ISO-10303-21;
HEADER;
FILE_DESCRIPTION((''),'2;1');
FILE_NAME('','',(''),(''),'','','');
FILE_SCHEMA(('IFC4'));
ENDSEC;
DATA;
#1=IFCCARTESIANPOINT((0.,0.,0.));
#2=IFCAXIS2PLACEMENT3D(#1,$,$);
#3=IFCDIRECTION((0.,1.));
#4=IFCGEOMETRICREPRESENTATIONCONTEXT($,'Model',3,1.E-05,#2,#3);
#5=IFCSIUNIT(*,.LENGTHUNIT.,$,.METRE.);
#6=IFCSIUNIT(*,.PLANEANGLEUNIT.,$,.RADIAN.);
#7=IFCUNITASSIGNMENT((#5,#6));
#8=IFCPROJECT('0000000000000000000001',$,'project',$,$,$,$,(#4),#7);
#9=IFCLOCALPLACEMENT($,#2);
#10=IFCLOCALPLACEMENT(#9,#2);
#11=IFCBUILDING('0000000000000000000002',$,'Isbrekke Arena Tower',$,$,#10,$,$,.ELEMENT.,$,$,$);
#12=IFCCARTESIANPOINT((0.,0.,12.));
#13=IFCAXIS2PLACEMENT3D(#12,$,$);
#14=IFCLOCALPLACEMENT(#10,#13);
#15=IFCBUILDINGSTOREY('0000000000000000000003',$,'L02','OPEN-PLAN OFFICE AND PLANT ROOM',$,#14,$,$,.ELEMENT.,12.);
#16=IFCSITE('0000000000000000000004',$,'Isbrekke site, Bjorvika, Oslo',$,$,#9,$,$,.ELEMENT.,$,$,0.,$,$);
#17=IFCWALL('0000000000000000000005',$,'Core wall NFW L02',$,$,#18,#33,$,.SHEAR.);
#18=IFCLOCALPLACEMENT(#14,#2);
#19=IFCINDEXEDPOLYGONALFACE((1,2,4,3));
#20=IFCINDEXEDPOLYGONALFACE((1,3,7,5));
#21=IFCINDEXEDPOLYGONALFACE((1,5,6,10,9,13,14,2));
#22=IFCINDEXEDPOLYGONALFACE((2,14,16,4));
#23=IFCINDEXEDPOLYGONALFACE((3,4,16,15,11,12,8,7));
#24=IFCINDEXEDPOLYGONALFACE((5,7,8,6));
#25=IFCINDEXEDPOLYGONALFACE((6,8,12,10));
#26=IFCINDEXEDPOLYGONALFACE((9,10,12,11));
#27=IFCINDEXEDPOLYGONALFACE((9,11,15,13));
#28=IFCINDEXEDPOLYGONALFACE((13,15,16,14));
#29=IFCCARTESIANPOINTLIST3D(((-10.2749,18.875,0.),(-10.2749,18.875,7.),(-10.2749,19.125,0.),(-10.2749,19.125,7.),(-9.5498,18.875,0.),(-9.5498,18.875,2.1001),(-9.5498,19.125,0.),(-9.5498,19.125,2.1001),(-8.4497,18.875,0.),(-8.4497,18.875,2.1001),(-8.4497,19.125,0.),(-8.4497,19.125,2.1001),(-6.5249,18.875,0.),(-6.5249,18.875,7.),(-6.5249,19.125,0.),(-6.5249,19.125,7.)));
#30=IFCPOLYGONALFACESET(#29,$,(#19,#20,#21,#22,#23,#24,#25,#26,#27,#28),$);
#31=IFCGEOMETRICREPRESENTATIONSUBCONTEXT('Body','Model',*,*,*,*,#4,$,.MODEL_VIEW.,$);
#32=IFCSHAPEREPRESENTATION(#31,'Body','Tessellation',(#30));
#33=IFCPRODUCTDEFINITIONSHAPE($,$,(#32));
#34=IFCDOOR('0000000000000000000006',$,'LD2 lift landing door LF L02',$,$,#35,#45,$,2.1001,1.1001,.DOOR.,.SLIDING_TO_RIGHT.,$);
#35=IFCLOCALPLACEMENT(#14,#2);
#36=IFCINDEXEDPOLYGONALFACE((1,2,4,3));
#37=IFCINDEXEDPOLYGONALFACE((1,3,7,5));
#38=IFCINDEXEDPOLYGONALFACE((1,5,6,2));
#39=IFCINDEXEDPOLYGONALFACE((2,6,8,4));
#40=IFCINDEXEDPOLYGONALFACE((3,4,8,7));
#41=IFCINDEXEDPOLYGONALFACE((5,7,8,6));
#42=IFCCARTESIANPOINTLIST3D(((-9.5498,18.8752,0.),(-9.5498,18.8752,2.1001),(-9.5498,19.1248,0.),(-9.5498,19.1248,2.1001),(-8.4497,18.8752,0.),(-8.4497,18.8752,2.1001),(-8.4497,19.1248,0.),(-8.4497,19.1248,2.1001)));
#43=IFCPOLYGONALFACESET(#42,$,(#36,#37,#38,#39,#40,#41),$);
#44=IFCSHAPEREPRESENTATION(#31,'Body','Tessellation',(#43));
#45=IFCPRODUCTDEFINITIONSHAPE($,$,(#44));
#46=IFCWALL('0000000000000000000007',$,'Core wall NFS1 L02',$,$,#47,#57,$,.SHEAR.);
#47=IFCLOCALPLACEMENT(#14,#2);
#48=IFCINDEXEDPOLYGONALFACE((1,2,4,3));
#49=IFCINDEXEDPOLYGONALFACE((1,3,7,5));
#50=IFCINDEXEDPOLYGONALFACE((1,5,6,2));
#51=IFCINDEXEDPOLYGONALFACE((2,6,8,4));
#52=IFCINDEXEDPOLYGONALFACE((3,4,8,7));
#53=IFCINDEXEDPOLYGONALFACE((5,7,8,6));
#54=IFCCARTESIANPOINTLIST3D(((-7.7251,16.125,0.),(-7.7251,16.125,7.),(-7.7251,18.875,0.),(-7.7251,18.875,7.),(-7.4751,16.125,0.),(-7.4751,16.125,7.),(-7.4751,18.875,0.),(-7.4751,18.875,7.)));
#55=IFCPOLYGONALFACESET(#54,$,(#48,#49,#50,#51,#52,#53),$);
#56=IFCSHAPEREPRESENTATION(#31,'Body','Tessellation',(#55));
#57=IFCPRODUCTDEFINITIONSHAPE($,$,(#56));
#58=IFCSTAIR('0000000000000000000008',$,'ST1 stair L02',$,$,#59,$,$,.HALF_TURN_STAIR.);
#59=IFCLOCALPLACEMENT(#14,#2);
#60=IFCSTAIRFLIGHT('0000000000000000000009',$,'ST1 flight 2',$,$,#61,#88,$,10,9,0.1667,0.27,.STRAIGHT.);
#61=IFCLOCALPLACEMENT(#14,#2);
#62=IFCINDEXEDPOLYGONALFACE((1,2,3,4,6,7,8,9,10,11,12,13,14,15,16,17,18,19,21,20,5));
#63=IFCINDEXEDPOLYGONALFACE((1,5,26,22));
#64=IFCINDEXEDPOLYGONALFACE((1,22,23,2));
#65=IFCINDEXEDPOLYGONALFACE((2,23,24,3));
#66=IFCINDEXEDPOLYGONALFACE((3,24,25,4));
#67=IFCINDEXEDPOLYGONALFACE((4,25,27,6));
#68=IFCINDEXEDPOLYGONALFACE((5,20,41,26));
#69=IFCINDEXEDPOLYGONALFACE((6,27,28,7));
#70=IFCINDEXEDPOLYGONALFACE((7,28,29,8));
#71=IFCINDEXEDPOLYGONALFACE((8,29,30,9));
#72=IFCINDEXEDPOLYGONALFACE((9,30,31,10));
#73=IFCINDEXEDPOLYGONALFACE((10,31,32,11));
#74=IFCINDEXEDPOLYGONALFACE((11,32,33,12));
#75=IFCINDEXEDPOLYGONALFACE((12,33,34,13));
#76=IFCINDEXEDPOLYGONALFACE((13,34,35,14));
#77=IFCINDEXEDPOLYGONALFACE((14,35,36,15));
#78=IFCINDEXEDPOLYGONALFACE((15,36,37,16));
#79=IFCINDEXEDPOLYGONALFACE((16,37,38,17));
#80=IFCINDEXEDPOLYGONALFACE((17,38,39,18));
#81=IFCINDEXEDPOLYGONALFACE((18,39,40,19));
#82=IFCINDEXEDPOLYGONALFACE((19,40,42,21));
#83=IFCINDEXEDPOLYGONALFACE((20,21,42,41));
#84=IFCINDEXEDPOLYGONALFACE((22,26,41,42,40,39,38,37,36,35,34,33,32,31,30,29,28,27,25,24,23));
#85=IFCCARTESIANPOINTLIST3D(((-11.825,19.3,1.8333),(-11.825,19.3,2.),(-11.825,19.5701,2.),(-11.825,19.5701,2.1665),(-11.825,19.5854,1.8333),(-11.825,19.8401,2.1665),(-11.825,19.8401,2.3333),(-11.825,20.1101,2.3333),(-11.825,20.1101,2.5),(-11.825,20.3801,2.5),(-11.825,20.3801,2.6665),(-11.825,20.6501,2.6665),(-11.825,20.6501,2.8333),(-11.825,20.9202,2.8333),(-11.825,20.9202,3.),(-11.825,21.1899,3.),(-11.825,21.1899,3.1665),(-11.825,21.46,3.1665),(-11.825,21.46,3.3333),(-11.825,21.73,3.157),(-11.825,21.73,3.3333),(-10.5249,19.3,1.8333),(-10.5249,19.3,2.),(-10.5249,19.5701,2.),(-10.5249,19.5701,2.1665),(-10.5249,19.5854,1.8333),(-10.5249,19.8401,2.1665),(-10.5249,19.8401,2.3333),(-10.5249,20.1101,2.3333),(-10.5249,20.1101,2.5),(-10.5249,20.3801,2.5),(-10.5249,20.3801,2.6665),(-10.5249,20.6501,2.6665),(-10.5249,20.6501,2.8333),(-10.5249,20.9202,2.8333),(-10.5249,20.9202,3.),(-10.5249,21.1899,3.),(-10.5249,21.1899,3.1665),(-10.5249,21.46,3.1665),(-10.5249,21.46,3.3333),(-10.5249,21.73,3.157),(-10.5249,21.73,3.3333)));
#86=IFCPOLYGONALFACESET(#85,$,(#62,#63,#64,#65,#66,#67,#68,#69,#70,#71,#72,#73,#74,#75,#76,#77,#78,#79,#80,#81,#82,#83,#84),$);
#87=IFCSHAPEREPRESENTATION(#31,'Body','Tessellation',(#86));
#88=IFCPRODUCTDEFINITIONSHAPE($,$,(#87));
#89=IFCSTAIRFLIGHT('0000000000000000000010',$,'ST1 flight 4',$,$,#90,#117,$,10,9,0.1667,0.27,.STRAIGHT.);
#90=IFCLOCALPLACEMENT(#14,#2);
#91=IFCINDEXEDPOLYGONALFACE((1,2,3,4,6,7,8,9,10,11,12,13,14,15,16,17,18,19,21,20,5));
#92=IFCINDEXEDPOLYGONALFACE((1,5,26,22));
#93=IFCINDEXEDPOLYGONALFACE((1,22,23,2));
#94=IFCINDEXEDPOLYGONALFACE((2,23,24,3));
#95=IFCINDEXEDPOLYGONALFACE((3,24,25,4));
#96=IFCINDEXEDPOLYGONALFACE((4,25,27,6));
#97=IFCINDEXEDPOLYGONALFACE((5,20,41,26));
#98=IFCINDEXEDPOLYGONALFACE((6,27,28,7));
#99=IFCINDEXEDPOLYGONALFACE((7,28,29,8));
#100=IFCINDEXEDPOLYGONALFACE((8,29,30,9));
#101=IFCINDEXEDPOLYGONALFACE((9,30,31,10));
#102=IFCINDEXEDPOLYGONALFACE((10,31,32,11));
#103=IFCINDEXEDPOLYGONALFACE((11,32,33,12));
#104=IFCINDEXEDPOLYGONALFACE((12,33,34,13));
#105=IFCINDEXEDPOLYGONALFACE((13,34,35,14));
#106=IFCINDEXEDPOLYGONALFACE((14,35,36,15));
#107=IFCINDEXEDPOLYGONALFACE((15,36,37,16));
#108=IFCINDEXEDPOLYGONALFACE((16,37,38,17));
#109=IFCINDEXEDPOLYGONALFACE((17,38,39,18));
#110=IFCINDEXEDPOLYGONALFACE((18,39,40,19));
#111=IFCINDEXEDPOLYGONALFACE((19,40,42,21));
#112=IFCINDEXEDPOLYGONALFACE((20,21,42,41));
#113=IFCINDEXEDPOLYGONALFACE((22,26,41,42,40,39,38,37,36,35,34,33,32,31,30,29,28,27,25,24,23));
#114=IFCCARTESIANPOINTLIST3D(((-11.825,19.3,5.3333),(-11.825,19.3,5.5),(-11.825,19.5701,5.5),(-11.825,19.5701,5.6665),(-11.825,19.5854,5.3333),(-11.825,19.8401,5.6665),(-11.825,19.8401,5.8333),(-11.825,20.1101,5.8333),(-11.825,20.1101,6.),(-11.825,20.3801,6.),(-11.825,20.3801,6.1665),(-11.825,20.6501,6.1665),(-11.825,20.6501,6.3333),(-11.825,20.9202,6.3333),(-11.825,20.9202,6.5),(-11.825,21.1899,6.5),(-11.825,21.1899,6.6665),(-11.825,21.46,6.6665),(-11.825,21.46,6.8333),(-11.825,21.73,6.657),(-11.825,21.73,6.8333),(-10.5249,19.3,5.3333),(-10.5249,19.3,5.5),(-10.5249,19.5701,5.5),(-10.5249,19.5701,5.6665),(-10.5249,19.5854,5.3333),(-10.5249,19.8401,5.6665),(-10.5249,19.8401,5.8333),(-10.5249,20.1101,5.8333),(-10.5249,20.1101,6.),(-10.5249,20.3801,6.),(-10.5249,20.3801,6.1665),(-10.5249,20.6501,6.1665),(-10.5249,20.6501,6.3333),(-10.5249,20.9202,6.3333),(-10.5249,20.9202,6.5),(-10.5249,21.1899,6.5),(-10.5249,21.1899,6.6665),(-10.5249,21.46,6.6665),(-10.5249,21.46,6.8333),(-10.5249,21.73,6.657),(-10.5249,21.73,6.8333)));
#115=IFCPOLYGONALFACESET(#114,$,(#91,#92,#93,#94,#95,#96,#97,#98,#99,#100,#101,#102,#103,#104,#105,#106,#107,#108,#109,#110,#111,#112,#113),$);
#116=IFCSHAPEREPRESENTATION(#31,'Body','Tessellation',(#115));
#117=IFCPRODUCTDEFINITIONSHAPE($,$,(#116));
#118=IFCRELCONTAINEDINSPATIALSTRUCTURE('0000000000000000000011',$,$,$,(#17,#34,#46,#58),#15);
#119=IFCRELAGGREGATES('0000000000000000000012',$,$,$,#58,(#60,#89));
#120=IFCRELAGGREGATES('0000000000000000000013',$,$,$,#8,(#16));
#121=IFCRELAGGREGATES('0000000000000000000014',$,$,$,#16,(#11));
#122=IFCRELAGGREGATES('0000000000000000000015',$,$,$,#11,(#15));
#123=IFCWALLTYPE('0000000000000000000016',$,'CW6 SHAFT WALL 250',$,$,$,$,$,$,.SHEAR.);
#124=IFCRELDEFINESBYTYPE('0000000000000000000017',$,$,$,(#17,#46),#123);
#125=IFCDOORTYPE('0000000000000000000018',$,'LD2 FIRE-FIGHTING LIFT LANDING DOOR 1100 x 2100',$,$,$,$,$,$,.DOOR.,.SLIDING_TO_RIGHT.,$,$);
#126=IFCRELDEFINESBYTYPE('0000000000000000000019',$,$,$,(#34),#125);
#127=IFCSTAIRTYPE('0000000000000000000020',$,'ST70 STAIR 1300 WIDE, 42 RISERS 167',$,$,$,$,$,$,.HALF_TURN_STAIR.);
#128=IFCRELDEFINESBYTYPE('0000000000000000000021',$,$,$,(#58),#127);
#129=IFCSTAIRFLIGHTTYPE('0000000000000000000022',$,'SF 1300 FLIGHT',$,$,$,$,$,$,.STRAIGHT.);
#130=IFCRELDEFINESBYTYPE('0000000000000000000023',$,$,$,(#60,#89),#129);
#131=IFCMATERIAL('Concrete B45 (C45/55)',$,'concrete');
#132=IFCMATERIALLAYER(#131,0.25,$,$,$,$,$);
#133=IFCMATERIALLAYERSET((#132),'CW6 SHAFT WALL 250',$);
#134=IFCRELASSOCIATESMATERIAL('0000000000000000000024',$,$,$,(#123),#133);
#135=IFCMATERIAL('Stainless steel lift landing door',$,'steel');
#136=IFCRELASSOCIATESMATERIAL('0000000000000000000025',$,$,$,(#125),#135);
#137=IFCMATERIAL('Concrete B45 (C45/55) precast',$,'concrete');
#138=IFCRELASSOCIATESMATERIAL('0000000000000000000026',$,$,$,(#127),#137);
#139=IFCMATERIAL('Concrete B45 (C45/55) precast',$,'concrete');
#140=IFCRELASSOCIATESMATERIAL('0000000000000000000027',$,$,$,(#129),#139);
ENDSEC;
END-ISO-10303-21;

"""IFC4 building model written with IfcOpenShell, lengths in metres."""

from ifc_helpers import new_model, si_unit, direction, frame, frame_2d, origin, place, context, subcontext, project, spatial, polyline, rectangle, outline, extrude, material, layer, layer_set, type_object, element, fill, aggregate, save


model = new_model("IFC4")

# Units and contexts
model_context = context("Model", 3, precision=1e-05, world=origin(), true_north=direction((0.0, 1.0)))
body_context = subcontext(model_context, "Body", "Model", "MODEL_VIEW")
ifc_project = project(units=[si_unit("LENGTHUNIT", "METRE"), si_unit("PLANEANGLEUNIT", "RADIAN")], contexts=[model_context])

# Site, building, storey
site_placement = place(None, origin())
site = spatial("IfcSite", under=ifc_project, at=site_placement, Name="Isbrekke site, Bjorvika, Oslo", CompositionType="ELEMENT", RefElevation=0.0)
building_placement = place(site_placement, origin())
building = spatial("IfcBuilding", under=site, at=building_placement, Name="Isbrekke Arena Tower", CompositionType="ELEMENT")
storey_placement = place(building_placement, frame((0.0, 0.0, 12.0)))
storey = spatial("IfcBuildingStorey", under=building, at=storey_placement, Name="L02", Description="OPEN-PLAN OFFICE AND PLANT ROOM", CompositionType="ELEMENT", Elevation=12.0)

# Shared definitions
ifc_material_1 = material(Name="Concrete B45 (C45/55)", Category="concrete")
ifc_layer = layer(ifc_material_1, 0.25)
ifc_layer_set = layer_set([ifc_layer], Name="CW6 SHAFT WALL 250")
wall_type = type_object("IfcWallType", Name="CW6 SHAFT WALL 250", PredefinedType="SHEAR", material=ifc_layer_set)

# Wall, opening, door
wall_1_placement = place(storey_placement, frame((-10.2749, 19.0, 0.0), z_axis=(0.0, 0.0, 1.0), x_axis=(1.0, 0.0, 0.0)))
wall_1 = element("IfcWall", 1, at=wall_1_placement, inside=storey, type_object=wall_type, Name="Core wall NFW L02", PredefinedType="SHEAR", context=body_context, shape_type="SweptSolid", body=[
    extrude(rectangle(XDim=3.75, YDim=0.25, at=frame_2d((1.875, 0.0))), origin(), (0.0, 0.0, 1.0), 7.0),
])
opening_1_placement = place(wall_1_placement, frame((0.7251, 0.0, 0.0)))
opening_1 = element("IfcOpeningElement", 2, at=opening_1_placement, cuts=wall_1, PredefinedType="OPENING", context=body_context, shape_type="SweptSolid", body=[
    extrude(rectangle(XDim=1.1001, YDim=2.1001, at=frame_2d((0.55, 1.05))), frame((0.0, 0.1399, 0.0), z_axis=(0.0, -1.0, 0.0), x_axis=(1.0, 0.0, 0.0)), (0.0, 0.0, 1.0), 0.2798),
])
ifc_material_2 = material(Name="Stainless steel lift landing door", Category="steel")
door_type_1 = type_object("IfcDoorType", Name="LD2 FIRE-FIGHTING LIFT LANDING DOOR 1100 x 2100", OperationType="SLIDING_TO_RIGHT", PredefinedType="DOOR", material=ifc_material_2)
door_1_placement = place(opening_1_placement, origin())
door_1 = element("IfcDoor", 3, at=door_1_placement, inside=storey, type_object=door_type_1, Name="LD2 lift landing door LF L02", OperationType="SLIDING_TO_RIGHT", OverallHeight=2.1001, OverallWidth=1.1001, PredefinedType="DOOR", context=body_context, shape_type="SweptSolid", body=[
    extrude(rectangle(XDim=1.1001, YDim=2.1001, at=frame_2d((0.55, 1.05))), frame((0.0, 0.1248, 0.0), z_axis=(0.0, -1.0, 0.0), x_axis=(1.0, 0.0, 0.0)), (0.0, 0.0, 1.0), 0.2495),
])
fill(opening_1, door_1)

# Wall
wall_2_placement = place(storey_placement, frame((-7.6001, 16.125, 0.0), z_axis=(0.0, 0.0, 1.0), x_axis=(0.0, 1.0, 0.0)))
element("IfcWall", 4, at=wall_2_placement, inside=storey, type_object=wall_type, Name="Core wall NFS1 L02", PredefinedType="SHEAR", context=body_context, shape_type="SweptSolid", body=[
    extrude(rectangle(XDim=2.75, YDim=0.25, at=frame_2d((1.375, 0.0))), origin(), (0.0, 0.0, 1.0), 7.0),
])

# Stair, stair flights
ifc_material_3 = material(Name="Concrete B45 (C45/55) precast", Category="concrete")
stair_type = type_object("IfcStairType", Name="ST70 STAIR 1300 WIDE, 42 RISERS 167", PredefinedType="HALF_TURN_STAIR", material=ifc_material_3)
stair_placement = place(storey_placement, origin())
stair = element("IfcStair", 5, at=stair_placement, inside=storey, type_object=stair_type, Name="ST1 stair L02", PredefinedType="HALF_TURN_STAIR")
ifc_material_4 = material(Name="Concrete B45 (C45/55) precast", Category="concrete")
stair_flight_type = type_object("IfcStairFlightType", Name="SF 1300 FLIGHT", PredefinedType="STRAIGHT", material=ifc_material_4)
stair_flight_1_placement = place(storey_placement, frame((-11.175, 19.3, 1.8333), z_axis=(0.0, 0.0, 1.0), x_axis=(0.0, 1.0, 0.0)))
stair_flight_1 = element("IfcStairFlight", 6, at=stair_flight_1_placement, type_object=stair_flight_type, Name="ST1 flight 2", NumberOfRisers=10, NumberOfTreads=9, PredefinedType="STRAIGHT", RiserHeight=0.1667, TreadLength=0.27, context=body_context, shape_type="SweptSolid", body=[
    extrude(outline(polyline([(0.0, 0.0), (0.0, 0.1667), (0.27, 0.1667), (0.27, 0.3333), (0.54, 0.3333), (0.54, 0.5), (0.8101, 0.5), (0.8101, 0.6667), (1.0801, 0.6667), (1.0801, 0.8333), (1.3501, 0.8333), (1.3501, 1.0), (1.6201, 1.0), (1.6201, 1.1667), (1.8899, 1.1667), (1.8899, 1.3333), (2.1599, 1.3333), (2.1599, 1.5), (2.4299, 1.5), (2.4299, 1.6667), (2.4299, 1.3237), (0.2854, 0.0), (0.0, 0.0)])), frame((0.0, 0.6499, 0.0), z_axis=(0.0, -1.0, 0.0), x_axis=(1.0, 0.0, 0.0)), (0.0, 0.0, 1.0), 1.3),
])
stair_flight_2_placement = place(storey_placement, frame((-11.175, 19.3, 5.3333), z_axis=(0.0, 0.0, 1.0), x_axis=(0.0, 1.0, 0.0)))
stair_flight_2 = element("IfcStairFlight", 7, at=stair_flight_2_placement, type_object=stair_flight_type, Name="ST1 flight 4", NumberOfRisers=10, NumberOfTreads=9, PredefinedType="STRAIGHT", RiserHeight=0.1667, TreadLength=0.27, context=body_context, shape_type="SweptSolid", body=[
    extrude(outline(polyline([(0.0, 0.0), (0.0, 0.1667), (0.27, 0.1667), (0.27, 0.3333), (0.54, 0.3333), (0.54, 0.5), (0.8101, 0.5), (0.8101, 0.6667), (1.0801, 0.6667), (1.0801, 0.8333), (1.3501, 0.8333), (1.3501, 1.0), (1.6201, 1.0), (1.6201, 1.1667), (1.8899, 1.1667), (1.8899, 1.3333), (2.1599, 1.3333), (2.1599, 1.5), (2.4299, 1.5), (2.4299, 1.6667), (2.4299, 1.3237), (0.2854, 0.0), (0.0, 0.0)])), frame((0.0, 0.6499, 0.0), z_axis=(0.0, -1.0, 0.0), x_axis=(1.0, 0.0, 0.0)), (0.0, 0.0, 1.0), 1.3),
])
aggregate(stair, [stair_flight_1, stair_flight_2])

save(model, "model.ifc")
